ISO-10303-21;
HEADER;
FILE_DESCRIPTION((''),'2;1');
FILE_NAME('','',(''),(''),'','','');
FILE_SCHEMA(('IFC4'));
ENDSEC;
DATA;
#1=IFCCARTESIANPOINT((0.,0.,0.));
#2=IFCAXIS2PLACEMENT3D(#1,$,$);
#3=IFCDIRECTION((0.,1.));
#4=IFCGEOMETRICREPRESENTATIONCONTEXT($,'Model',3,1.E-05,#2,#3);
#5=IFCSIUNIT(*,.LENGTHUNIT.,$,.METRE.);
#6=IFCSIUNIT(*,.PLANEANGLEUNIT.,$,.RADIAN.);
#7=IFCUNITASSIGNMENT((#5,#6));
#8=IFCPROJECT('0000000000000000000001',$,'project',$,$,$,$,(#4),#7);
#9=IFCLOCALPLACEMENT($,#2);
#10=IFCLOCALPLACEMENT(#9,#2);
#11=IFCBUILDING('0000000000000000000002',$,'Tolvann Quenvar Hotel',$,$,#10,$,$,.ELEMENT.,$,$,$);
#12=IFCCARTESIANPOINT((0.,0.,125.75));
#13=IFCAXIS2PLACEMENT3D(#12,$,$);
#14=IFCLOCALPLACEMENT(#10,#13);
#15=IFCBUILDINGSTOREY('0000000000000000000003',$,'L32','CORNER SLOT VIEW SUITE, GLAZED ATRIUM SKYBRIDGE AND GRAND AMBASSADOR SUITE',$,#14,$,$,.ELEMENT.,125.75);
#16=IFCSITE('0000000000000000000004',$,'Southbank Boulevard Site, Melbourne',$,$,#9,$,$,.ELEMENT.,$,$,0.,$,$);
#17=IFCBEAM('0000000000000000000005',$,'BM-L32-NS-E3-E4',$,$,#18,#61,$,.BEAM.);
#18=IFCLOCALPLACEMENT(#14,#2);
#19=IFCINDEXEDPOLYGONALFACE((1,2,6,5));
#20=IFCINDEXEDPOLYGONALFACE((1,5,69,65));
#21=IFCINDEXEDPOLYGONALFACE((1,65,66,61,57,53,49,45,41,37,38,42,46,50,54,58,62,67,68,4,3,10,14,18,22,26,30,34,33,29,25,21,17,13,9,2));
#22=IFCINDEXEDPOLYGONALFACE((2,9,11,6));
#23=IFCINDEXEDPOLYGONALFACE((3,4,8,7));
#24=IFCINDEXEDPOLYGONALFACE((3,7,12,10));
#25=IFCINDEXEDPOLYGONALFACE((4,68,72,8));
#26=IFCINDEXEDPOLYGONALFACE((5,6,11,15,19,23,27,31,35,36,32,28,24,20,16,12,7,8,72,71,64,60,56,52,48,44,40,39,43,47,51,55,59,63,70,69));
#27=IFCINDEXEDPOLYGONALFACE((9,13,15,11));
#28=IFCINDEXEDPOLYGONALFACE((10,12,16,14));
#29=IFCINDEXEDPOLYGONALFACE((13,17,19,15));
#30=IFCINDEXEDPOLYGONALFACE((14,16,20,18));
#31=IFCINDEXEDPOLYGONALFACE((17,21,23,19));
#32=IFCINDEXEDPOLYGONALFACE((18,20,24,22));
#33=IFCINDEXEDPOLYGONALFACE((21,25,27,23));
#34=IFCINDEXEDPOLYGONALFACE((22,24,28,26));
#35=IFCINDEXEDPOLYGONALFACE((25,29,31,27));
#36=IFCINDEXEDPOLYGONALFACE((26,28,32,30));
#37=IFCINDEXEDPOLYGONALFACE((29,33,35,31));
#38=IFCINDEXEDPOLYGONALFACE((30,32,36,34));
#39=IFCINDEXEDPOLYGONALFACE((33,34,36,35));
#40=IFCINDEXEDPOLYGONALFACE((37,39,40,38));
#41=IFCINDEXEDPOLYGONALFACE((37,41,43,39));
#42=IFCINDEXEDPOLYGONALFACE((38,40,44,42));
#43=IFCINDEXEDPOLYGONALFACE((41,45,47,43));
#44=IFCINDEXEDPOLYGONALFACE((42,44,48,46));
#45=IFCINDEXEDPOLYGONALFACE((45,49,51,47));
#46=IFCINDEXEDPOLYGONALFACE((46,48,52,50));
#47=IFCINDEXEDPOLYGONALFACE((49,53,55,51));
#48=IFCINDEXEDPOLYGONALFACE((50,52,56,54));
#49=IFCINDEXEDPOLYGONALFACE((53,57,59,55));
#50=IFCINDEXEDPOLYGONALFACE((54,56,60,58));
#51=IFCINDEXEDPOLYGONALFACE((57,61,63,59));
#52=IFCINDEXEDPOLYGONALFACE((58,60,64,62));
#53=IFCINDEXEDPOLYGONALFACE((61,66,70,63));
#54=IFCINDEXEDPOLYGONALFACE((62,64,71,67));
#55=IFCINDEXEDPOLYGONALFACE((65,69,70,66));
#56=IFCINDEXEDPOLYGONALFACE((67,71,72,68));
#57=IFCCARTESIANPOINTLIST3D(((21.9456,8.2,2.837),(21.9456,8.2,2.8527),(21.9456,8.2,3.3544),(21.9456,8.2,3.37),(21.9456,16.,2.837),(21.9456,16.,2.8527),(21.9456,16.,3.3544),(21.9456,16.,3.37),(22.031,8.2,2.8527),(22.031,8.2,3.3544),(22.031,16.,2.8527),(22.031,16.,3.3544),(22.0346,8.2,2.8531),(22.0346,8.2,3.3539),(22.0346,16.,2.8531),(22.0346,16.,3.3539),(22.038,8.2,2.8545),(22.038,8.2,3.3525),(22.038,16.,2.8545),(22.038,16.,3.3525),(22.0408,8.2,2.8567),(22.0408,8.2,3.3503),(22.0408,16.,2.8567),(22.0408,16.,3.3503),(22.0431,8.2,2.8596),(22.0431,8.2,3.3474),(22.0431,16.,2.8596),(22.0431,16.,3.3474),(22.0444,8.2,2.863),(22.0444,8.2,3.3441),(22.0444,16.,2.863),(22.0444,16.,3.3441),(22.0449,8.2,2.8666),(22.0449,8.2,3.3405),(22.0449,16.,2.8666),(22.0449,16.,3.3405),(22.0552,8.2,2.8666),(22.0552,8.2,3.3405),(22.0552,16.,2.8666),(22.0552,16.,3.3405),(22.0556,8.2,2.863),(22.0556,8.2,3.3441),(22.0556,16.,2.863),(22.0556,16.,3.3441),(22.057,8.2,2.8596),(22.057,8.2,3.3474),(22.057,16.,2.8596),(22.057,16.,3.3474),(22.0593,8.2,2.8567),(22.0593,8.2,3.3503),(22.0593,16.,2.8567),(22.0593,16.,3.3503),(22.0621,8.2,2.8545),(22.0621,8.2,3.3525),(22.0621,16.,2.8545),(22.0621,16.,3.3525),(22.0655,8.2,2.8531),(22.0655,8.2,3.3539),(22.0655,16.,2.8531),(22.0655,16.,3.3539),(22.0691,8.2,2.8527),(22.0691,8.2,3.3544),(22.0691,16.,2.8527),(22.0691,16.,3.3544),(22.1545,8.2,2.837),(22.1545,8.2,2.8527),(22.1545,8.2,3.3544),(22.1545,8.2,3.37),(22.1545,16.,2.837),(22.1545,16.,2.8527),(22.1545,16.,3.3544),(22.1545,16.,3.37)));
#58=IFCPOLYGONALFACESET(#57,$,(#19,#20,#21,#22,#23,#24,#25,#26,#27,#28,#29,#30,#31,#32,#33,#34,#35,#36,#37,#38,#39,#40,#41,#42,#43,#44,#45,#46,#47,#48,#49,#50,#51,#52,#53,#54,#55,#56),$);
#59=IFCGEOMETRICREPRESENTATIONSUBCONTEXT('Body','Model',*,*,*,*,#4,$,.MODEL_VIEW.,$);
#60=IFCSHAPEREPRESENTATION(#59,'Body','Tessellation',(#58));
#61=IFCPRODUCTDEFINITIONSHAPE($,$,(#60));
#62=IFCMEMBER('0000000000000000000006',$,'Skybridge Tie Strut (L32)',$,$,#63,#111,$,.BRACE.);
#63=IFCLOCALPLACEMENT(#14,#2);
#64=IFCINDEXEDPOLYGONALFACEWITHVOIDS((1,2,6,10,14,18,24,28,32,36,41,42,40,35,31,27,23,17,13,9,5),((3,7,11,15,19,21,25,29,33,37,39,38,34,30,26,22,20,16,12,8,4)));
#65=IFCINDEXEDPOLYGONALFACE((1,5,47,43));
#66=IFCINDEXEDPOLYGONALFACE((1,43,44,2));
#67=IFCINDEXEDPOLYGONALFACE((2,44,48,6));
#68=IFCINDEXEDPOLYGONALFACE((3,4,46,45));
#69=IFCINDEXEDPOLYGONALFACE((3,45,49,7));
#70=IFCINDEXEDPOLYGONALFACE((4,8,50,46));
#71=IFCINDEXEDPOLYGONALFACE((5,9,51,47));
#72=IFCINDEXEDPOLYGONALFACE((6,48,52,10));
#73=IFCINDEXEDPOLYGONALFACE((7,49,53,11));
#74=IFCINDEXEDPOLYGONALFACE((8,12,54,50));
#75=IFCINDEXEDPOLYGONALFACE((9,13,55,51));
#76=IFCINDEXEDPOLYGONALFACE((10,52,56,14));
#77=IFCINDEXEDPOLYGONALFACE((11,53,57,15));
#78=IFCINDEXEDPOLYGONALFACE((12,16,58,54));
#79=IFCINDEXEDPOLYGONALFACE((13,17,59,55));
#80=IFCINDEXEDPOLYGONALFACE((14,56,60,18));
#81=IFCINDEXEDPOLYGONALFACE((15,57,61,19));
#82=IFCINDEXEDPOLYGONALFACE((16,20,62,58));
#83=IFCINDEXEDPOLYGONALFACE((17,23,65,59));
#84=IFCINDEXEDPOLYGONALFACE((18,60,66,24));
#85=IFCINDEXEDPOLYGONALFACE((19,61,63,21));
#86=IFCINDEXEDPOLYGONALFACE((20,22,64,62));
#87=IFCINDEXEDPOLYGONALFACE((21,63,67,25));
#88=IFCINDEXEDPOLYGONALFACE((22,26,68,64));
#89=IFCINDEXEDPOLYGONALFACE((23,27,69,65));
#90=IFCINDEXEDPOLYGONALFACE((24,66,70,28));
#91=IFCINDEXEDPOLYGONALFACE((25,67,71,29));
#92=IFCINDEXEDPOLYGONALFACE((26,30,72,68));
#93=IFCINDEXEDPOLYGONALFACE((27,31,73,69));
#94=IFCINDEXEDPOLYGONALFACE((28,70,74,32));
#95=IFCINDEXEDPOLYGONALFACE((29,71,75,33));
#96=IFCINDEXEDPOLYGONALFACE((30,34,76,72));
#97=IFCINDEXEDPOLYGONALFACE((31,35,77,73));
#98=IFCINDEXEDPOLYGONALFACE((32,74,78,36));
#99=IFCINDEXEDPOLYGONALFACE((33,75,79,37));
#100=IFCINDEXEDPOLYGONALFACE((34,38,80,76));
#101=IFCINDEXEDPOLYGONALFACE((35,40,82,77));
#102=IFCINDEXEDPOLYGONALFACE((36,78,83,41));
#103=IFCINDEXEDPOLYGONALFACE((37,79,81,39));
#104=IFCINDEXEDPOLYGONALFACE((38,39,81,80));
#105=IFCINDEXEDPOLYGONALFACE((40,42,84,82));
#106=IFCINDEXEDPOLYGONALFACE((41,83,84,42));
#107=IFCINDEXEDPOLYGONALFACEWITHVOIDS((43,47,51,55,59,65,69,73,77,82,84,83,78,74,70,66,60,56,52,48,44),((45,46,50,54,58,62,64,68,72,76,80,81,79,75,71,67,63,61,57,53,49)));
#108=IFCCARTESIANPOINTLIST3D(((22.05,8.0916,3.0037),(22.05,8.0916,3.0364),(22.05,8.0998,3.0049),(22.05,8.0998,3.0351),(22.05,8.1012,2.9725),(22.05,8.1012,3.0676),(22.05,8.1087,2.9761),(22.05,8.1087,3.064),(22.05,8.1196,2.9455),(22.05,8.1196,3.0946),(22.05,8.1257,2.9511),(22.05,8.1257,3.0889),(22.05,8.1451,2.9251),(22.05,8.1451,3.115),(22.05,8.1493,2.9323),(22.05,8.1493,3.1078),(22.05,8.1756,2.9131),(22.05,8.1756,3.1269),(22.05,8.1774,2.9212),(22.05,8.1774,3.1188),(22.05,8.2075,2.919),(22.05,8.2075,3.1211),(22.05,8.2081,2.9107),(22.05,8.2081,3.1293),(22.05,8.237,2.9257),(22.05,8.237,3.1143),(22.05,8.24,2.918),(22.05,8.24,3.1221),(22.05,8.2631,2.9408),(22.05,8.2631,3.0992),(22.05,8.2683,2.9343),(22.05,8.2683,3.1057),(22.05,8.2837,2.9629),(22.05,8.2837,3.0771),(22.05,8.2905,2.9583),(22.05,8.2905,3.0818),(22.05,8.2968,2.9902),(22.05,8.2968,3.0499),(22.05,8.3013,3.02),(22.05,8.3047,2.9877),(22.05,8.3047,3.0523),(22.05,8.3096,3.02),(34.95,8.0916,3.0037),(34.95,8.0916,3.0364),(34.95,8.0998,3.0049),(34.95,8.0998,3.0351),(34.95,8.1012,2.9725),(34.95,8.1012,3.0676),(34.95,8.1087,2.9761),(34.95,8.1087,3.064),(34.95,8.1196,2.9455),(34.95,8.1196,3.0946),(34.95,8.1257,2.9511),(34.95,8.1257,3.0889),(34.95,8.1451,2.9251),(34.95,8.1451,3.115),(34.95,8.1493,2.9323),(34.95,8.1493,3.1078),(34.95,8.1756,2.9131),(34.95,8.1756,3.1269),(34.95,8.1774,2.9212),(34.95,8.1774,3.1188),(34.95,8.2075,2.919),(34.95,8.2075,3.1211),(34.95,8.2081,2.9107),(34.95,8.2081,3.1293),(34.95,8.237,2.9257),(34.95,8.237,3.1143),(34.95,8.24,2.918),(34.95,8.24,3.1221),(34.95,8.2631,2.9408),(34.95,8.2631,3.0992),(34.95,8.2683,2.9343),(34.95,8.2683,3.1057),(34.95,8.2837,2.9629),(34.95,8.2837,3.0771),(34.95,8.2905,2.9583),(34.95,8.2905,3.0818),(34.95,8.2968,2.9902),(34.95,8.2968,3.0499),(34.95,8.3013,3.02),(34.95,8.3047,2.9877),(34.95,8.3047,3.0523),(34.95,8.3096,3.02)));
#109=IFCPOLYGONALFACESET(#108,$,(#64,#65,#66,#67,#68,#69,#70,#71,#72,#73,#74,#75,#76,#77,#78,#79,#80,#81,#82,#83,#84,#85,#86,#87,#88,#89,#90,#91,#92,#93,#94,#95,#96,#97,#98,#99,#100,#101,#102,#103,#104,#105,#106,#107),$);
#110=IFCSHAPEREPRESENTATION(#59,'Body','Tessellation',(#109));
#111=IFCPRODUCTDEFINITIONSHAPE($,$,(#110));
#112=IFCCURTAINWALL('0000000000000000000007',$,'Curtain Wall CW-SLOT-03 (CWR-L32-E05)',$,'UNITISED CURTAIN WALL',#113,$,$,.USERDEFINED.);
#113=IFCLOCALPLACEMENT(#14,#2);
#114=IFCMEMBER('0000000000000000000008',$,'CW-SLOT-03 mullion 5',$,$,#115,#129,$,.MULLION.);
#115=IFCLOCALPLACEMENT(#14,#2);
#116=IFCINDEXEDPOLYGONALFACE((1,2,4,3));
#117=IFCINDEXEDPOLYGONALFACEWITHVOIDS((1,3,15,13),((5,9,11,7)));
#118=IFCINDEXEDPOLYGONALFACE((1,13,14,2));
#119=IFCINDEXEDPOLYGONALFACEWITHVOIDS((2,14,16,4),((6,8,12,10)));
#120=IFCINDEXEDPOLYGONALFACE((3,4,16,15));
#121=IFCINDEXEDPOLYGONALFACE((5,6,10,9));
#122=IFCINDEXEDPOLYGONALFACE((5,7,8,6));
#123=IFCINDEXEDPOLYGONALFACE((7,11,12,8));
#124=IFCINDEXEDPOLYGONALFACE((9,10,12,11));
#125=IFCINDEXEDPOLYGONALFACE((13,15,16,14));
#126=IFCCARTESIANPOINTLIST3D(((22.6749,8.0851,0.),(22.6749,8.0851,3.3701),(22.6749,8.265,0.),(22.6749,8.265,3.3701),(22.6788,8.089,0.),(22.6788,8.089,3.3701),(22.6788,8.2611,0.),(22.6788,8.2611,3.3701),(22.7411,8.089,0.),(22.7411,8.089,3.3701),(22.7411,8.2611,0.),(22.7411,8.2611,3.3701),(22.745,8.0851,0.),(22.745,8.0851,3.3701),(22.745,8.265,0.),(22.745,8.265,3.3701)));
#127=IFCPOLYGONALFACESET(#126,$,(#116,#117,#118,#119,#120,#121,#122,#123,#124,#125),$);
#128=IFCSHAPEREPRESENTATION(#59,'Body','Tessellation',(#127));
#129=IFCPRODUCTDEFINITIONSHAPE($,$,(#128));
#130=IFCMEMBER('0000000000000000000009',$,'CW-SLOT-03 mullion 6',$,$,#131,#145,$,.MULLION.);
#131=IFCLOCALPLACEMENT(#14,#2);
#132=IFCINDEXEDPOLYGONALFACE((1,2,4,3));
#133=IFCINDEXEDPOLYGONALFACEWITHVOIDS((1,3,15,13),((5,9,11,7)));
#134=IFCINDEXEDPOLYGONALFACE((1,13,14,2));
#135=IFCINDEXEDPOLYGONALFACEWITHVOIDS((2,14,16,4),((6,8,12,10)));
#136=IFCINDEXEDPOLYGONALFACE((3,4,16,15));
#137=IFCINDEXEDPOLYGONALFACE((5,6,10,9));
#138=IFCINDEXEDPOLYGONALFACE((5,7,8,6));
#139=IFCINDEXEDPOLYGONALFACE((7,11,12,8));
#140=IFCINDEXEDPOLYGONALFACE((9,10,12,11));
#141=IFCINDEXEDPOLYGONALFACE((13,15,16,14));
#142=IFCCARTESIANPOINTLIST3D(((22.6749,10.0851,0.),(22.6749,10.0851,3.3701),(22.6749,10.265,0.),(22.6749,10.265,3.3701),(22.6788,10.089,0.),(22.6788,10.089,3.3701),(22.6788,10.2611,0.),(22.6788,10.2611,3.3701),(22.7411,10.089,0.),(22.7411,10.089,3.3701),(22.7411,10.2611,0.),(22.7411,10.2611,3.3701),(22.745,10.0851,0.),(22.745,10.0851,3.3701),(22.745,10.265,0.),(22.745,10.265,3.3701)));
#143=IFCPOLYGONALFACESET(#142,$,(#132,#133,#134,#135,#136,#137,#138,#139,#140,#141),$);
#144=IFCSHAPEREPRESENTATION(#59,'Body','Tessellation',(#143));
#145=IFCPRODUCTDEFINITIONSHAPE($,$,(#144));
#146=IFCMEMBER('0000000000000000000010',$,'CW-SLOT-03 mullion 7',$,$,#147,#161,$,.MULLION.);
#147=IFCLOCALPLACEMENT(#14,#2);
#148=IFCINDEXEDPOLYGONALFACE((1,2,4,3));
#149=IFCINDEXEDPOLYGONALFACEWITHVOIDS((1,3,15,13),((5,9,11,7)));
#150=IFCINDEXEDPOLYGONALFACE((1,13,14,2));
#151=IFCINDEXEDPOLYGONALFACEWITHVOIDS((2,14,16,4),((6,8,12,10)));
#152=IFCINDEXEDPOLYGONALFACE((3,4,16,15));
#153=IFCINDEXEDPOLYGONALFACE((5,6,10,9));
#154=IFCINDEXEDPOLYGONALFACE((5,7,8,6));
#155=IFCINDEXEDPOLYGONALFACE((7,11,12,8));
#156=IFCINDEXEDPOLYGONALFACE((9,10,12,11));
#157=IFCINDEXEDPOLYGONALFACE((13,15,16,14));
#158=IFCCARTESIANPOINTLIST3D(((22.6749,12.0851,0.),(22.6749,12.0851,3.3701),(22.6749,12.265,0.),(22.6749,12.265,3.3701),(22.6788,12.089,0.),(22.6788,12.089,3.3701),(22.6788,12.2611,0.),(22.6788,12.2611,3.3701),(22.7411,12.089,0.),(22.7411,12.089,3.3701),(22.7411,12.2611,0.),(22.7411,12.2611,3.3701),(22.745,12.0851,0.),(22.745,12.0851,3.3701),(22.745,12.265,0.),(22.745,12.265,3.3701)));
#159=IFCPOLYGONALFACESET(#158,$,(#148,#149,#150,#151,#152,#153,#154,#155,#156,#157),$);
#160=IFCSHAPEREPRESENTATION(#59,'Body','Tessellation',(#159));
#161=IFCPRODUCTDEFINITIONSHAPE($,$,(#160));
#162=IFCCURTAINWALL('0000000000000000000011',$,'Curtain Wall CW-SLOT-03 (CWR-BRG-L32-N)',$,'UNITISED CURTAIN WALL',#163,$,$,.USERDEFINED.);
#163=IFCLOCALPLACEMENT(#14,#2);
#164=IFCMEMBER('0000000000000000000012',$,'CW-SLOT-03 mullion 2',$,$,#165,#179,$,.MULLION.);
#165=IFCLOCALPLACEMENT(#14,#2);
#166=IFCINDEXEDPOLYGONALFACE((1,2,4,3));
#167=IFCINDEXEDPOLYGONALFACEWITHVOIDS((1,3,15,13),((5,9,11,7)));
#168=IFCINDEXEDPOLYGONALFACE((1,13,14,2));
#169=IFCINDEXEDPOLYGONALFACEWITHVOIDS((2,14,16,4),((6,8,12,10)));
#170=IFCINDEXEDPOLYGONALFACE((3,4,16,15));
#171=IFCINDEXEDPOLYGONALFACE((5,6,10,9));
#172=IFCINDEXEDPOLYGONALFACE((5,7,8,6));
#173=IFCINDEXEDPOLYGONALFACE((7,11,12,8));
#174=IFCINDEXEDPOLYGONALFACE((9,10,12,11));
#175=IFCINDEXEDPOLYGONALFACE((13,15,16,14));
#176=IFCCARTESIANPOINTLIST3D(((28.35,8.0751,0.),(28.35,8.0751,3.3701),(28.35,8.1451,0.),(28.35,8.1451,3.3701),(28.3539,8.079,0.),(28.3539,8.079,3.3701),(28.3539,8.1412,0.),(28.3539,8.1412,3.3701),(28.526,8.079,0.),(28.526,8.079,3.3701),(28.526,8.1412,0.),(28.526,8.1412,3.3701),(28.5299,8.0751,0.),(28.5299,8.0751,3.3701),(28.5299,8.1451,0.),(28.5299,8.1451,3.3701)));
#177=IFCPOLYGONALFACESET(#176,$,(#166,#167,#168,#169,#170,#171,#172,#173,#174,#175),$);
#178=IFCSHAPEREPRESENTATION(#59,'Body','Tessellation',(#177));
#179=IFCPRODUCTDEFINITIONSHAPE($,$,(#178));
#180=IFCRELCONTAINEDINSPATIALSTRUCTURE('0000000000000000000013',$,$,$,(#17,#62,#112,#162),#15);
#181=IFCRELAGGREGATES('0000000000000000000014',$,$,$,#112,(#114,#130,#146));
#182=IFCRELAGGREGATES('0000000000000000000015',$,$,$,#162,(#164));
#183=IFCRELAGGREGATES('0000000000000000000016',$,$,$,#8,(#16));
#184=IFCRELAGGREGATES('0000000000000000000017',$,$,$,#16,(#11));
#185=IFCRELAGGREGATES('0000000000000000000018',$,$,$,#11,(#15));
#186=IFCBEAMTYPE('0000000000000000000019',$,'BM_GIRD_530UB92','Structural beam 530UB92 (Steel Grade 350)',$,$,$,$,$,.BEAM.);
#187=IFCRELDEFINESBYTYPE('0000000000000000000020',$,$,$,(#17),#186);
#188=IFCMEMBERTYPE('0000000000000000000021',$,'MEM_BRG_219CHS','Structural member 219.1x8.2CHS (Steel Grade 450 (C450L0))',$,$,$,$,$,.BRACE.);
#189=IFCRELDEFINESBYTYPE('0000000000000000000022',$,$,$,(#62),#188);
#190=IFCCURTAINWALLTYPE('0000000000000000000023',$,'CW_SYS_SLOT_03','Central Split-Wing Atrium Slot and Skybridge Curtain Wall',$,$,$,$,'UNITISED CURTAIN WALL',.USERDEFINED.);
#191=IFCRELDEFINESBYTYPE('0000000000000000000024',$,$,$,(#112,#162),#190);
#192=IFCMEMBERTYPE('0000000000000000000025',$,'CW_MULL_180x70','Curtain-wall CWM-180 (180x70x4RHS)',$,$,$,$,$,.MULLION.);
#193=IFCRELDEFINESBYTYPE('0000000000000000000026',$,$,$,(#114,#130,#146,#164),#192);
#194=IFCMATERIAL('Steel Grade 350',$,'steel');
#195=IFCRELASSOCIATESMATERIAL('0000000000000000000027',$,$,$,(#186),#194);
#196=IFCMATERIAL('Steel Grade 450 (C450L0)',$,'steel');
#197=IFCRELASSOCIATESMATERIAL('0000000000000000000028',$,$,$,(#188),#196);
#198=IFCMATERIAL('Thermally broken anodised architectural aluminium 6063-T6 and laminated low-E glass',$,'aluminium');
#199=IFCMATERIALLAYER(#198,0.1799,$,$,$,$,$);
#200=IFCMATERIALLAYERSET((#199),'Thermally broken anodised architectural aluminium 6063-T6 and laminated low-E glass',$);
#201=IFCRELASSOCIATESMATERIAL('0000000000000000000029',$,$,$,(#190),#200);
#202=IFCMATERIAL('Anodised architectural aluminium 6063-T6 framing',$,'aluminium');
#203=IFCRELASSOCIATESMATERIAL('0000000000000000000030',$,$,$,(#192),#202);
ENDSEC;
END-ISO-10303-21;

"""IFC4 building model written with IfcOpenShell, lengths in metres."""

from ifc_helpers import new_model, si_unit, direction, frame, origin, origin_2d, place, context, subcontext, project, spatial, hollow_rectangle, hollow_circle, i_section, extrude, source, transform, mapped, material, layer, layer_set, material_profile, profile_set, type_object, type_shapes, element, aggregate, save


model = new_model("IFC4")

# Units and contexts
model_context = context("Model", 3, precision=1e-05, world=origin(), true_north=direction((0.0, 1.0)))
body_context = subcontext(model_context, "Body", "Model", "MODEL_VIEW")
ifc_project = project(units=[si_unit("LENGTHUNIT", "METRE"), si_unit("PLANEANGLEUNIT", "RADIAN")], contexts=[model_context])

# Site, building, storey
site_placement = place(None, origin())
site = spatial("IfcSite", under=ifc_project, at=site_placement, Name="Southbank Boulevard Site, Melbourne", CompositionType="ELEMENT", RefElevation=0.0)
building_placement = place(site_placement, origin())
building = spatial("IfcBuilding", under=site, at=building_placement, Name="Tolvann Quenvar Hotel", CompositionType="ELEMENT")
storey_placement = place(building_placement, frame((0.0, 0.0, 125.75)))
storey = spatial("IfcBuildingStorey", under=building, at=storey_placement, Name="L32", Description="CORNER SLOT VIEW SUITE, GLAZED ATRIUM SKYBRIDGE AND GRAND AMBASSADOR SUITE", CompositionType="ELEMENT", Elevation=125.75)

# Beam
ifc_material_1 = material(Name="Steel Grade 350", Category="steel")
ifc_material_profile_1 = material_profile(ifc_material_1, i_section(OverallWidth=0.209, OverallDepth=0.533, WebThickness=0.0103, FlangeThickness=0.0156, FilletRadius=0.0139, at=origin_2d()), Name="530UB92")
ifc_profile_set_1 = profile_set([ifc_material_profile_1], Name="Steel Grade 350")
beam_type = type_object("IfcBeamType", Name="BM_GIRD_530UB92", Description="Structural beam 530UB92 (Steel Grade 350)", PredefinedType="BEAM", material=ifc_profile_set_1)
shared_shape_1 = source(origin(), body_context, "Body", "SweptSolid", [
    extrude(i_section(OverallWidth=0.209, OverallDepth=0.533, WebThickness=0.0103, FlangeThickness=0.0156, FilletRadius=0.0139, at=origin_2d()), origin(), (0.0, 0.0, 1.0), 7.8),
])
type_shapes(beam_type, [shared_shape_1])
beam_placement = place(storey_placement, frame((22.05, 8.2, 3.1035), z_axis=(0.0, 1.0, 0.0), x_axis=(-1.0, 0.0, 0.0)))
element("IfcBeam", 1, at=beam_placement, inside=storey, type_object=beam_type, Name="BM-L32-NS-E3-E4", PredefinedType="BEAM", context=body_context, shape_type="MappedRepresentation", body=[
    mapped(shared_shape_1, transform((0.0, 0.0, 0.0), x_axis=(1.0, 0.0, 0.0), y_axis=(0.0, 1.0, 0.0), z_axis=(0.0, 0.0, 1.0), scale=1.0)),
])

# Member
ifc_material_2 = material(Name="Steel Grade 450 (C450L0)", Category="steel")
ifc_material_profile_2 = material_profile(ifc_material_2, hollow_circle(Radius=0.1096, WallThickness=0.0083, at=origin_2d()), Name="219.1x8.2CHS")
ifc_profile_set_2 = profile_set([ifc_material_profile_2], Name="Steel Grade 450 (C450L0)")
member_type_1 = type_object("IfcMemberType", Name="MEM_BRG_219CHS", Description="Structural member 219.1x8.2CHS (Steel Grade 450 (C450L0))", PredefinedType="BRACE", material=ifc_profile_set_2)
shared_shape_2 = source(origin(), body_context, "Body", "SweptSolid", [
    extrude(hollow_circle(Radius=0.1096, WallThickness=0.0083, at=origin_2d()), origin(), (0.0, 0.0, 1.0), 12.8999),
])
type_shapes(member_type_1, [shared_shape_2])
member_1_placement = place(storey_placement, frame((22.05, 8.2, 3.02), z_axis=(1.0, 0.0, 0.0), x_axis=(0.0, 1.0, 0.0)))
element("IfcMember", 2, at=member_1_placement, inside=storey, type_object=member_type_1, Name="Skybridge Tie Strut (L32)", PredefinedType="BRACE", context=body_context, shape_type="MappedRepresentation", body=[
    mapped(shared_shape_2, transform((0.0, 0.0, 0.0), x_axis=(1.0, 0.0, 0.0), y_axis=(0.0, 1.0, 0.0), z_axis=(0.0, 0.0, 1.0), scale=1.0)),
])

# Curtain walls, members
ifc_material_3 = material(Name="Thermally broken anodised architectural aluminium 6063-T6 and laminated low-E glass", Category="aluminium")
ifc_layer_1 = layer(ifc_material_3, 0.1799)
ifc_layer_set_1 = layer_set([ifc_layer_1], Name="Thermally broken anodised architectural aluminium 6063-T6 and laminated low-E glass")
curtain_wall_type = type_object("IfcCurtainWallType", Name="CW_SYS_SLOT_03", Description="Central Split-Wing Atrium Slot and Skybridge Curtain Wall", ElementType="UNITISED CURTAIN WALL", PredefinedType="USERDEFINED", material=ifc_layer_set_1)
curtain_wall_1_placement = place(storey_placement, origin())
curtain_wall_1 = element("IfcCurtainWall", 3, at=curtain_wall_1_placement, inside=storey, type_object=curtain_wall_type, Name="Curtain Wall CW-SLOT-03 (CWR-L32-E05)", ObjectType="UNITISED CURTAIN WALL", PredefinedType="USERDEFINED")
ifc_material_4 = material(Name="Anodised architectural aluminium 6063-T6 framing", Category="aluminium")
ifc_material_profile_3 = material_profile(ifc_material_4, hollow_rectangle(XDim=0.0701, YDim=0.1799, WallThickness=0.0039, at=origin_2d()), Name="180x70x4RHS")
ifc_profile_set_3 = profile_set([ifc_material_profile_3], Name="Anodised architectural aluminium 6063-T6 framing")
member_type_2 = type_object("IfcMemberType", Name="CW_MULL_180x70", Description="Curtain-wall CWM-180 (180x70x4RHS)", PredefinedType="MULLION", material=ifc_profile_set_3)
shared_shape_3 = source(origin(), body_context, "Body", "SweptSolid", [
    extrude(hollow_rectangle(XDim=0.0701, YDim=0.1799, WallThickness=0.0039, at=origin_2d()), origin(), (0.0, 0.0, 1.0), 3.3701),
])
type_shapes(member_type_2, [shared_shape_3])
member_2_placement = place(storey_placement, frame((22.71, 8.175, 0.0), z_axis=(0.0, 0.0, 1.0), x_axis=(-1.0, 0.0, 0.0)))
member_2 = element("IfcMember", 4, at=member_2_placement, type_object=member_type_2, Name="CW-SLOT-03 mullion 5", PredefinedType="MULLION", context=body_context, shape_type="MappedRepresentation", body=[
    mapped(shared_shape_3, transform((0.0, 0.0, 0.0), x_axis=(1.0, 0.0, 0.0), y_axis=(0.0, 1.0, 0.0), z_axis=(0.0, 0.0, 1.0), scale=1.0)),
])
member_3_placement = place(storey_placement, frame((22.71, 10.175, 0.0), z_axis=(0.0, 0.0, 1.0), x_axis=(-1.0, 0.0, 0.0)))
member_3 = element("IfcMember", 5, at=member_3_placement, type_object=member_type_2, Name="CW-SLOT-03 mullion 6", PredefinedType="MULLION", context=body_context, shape_type="MappedRepresentation", body=[
    mapped(shared_shape_3, transform((0.0, 0.0, 0.0), x_axis=(1.0, 0.0, 0.0), y_axis=(0.0, 1.0, 0.0), z_axis=(0.0, 0.0, 1.0), scale=1.0)),
])
member_4_placement = place(storey_placement, frame((22.71, 12.175, 0.0), z_axis=(0.0, 0.0, 1.0), x_axis=(-1.0, 0.0, 0.0)))
member_4 = element("IfcMember", 6, at=member_4_placement, type_object=member_type_2, Name="CW-SLOT-03 mullion 7", PredefinedType="MULLION", context=body_context, shape_type="MappedRepresentation", body=[
    mapped(shared_shape_3, transform((0.0, 0.0, 0.0), x_axis=(1.0, 0.0, 0.0), y_axis=(0.0, 1.0, 0.0), z_axis=(0.0, 0.0, 1.0), scale=1.0)),
])
curtain_wall_2_placement = place(storey_placement, origin())
curtain_wall_2 = element("IfcCurtainWall", 7, at=curtain_wall_2_placement, inside=storey, type_object=curtain_wall_type, Name="Curtain Wall CW-SLOT-03 (CWR-BRG-L32-N)", ObjectType="UNITISED CURTAIN WALL", PredefinedType="USERDEFINED")
member_5_placement = place(storey_placement, frame((28.4399, 8.1101, 0.0), z_axis=(0.0, 0.0, 1.0), x_axis=(0.0, -1.0, 0.0)))
member_5 = element("IfcMember", 8, at=member_5_placement, type_object=member_type_2, Name="CW-SLOT-03 mullion 2", PredefinedType="MULLION", context=body_context, shape_type="MappedRepresentation", body=[
    mapped(shared_shape_3, transform((0.0, 0.0, 0.0), x_axis=(1.0, 0.0, 0.0), y_axis=(0.0, 1.0, 0.0), z_axis=(0.0, 0.0, 1.0), scale=1.0)),
])

aggregate(curtain_wall_1, [member_2, member_3, member_4])
aggregate(curtain_wall_2, [member_5])

save(model, "model.ifc")
